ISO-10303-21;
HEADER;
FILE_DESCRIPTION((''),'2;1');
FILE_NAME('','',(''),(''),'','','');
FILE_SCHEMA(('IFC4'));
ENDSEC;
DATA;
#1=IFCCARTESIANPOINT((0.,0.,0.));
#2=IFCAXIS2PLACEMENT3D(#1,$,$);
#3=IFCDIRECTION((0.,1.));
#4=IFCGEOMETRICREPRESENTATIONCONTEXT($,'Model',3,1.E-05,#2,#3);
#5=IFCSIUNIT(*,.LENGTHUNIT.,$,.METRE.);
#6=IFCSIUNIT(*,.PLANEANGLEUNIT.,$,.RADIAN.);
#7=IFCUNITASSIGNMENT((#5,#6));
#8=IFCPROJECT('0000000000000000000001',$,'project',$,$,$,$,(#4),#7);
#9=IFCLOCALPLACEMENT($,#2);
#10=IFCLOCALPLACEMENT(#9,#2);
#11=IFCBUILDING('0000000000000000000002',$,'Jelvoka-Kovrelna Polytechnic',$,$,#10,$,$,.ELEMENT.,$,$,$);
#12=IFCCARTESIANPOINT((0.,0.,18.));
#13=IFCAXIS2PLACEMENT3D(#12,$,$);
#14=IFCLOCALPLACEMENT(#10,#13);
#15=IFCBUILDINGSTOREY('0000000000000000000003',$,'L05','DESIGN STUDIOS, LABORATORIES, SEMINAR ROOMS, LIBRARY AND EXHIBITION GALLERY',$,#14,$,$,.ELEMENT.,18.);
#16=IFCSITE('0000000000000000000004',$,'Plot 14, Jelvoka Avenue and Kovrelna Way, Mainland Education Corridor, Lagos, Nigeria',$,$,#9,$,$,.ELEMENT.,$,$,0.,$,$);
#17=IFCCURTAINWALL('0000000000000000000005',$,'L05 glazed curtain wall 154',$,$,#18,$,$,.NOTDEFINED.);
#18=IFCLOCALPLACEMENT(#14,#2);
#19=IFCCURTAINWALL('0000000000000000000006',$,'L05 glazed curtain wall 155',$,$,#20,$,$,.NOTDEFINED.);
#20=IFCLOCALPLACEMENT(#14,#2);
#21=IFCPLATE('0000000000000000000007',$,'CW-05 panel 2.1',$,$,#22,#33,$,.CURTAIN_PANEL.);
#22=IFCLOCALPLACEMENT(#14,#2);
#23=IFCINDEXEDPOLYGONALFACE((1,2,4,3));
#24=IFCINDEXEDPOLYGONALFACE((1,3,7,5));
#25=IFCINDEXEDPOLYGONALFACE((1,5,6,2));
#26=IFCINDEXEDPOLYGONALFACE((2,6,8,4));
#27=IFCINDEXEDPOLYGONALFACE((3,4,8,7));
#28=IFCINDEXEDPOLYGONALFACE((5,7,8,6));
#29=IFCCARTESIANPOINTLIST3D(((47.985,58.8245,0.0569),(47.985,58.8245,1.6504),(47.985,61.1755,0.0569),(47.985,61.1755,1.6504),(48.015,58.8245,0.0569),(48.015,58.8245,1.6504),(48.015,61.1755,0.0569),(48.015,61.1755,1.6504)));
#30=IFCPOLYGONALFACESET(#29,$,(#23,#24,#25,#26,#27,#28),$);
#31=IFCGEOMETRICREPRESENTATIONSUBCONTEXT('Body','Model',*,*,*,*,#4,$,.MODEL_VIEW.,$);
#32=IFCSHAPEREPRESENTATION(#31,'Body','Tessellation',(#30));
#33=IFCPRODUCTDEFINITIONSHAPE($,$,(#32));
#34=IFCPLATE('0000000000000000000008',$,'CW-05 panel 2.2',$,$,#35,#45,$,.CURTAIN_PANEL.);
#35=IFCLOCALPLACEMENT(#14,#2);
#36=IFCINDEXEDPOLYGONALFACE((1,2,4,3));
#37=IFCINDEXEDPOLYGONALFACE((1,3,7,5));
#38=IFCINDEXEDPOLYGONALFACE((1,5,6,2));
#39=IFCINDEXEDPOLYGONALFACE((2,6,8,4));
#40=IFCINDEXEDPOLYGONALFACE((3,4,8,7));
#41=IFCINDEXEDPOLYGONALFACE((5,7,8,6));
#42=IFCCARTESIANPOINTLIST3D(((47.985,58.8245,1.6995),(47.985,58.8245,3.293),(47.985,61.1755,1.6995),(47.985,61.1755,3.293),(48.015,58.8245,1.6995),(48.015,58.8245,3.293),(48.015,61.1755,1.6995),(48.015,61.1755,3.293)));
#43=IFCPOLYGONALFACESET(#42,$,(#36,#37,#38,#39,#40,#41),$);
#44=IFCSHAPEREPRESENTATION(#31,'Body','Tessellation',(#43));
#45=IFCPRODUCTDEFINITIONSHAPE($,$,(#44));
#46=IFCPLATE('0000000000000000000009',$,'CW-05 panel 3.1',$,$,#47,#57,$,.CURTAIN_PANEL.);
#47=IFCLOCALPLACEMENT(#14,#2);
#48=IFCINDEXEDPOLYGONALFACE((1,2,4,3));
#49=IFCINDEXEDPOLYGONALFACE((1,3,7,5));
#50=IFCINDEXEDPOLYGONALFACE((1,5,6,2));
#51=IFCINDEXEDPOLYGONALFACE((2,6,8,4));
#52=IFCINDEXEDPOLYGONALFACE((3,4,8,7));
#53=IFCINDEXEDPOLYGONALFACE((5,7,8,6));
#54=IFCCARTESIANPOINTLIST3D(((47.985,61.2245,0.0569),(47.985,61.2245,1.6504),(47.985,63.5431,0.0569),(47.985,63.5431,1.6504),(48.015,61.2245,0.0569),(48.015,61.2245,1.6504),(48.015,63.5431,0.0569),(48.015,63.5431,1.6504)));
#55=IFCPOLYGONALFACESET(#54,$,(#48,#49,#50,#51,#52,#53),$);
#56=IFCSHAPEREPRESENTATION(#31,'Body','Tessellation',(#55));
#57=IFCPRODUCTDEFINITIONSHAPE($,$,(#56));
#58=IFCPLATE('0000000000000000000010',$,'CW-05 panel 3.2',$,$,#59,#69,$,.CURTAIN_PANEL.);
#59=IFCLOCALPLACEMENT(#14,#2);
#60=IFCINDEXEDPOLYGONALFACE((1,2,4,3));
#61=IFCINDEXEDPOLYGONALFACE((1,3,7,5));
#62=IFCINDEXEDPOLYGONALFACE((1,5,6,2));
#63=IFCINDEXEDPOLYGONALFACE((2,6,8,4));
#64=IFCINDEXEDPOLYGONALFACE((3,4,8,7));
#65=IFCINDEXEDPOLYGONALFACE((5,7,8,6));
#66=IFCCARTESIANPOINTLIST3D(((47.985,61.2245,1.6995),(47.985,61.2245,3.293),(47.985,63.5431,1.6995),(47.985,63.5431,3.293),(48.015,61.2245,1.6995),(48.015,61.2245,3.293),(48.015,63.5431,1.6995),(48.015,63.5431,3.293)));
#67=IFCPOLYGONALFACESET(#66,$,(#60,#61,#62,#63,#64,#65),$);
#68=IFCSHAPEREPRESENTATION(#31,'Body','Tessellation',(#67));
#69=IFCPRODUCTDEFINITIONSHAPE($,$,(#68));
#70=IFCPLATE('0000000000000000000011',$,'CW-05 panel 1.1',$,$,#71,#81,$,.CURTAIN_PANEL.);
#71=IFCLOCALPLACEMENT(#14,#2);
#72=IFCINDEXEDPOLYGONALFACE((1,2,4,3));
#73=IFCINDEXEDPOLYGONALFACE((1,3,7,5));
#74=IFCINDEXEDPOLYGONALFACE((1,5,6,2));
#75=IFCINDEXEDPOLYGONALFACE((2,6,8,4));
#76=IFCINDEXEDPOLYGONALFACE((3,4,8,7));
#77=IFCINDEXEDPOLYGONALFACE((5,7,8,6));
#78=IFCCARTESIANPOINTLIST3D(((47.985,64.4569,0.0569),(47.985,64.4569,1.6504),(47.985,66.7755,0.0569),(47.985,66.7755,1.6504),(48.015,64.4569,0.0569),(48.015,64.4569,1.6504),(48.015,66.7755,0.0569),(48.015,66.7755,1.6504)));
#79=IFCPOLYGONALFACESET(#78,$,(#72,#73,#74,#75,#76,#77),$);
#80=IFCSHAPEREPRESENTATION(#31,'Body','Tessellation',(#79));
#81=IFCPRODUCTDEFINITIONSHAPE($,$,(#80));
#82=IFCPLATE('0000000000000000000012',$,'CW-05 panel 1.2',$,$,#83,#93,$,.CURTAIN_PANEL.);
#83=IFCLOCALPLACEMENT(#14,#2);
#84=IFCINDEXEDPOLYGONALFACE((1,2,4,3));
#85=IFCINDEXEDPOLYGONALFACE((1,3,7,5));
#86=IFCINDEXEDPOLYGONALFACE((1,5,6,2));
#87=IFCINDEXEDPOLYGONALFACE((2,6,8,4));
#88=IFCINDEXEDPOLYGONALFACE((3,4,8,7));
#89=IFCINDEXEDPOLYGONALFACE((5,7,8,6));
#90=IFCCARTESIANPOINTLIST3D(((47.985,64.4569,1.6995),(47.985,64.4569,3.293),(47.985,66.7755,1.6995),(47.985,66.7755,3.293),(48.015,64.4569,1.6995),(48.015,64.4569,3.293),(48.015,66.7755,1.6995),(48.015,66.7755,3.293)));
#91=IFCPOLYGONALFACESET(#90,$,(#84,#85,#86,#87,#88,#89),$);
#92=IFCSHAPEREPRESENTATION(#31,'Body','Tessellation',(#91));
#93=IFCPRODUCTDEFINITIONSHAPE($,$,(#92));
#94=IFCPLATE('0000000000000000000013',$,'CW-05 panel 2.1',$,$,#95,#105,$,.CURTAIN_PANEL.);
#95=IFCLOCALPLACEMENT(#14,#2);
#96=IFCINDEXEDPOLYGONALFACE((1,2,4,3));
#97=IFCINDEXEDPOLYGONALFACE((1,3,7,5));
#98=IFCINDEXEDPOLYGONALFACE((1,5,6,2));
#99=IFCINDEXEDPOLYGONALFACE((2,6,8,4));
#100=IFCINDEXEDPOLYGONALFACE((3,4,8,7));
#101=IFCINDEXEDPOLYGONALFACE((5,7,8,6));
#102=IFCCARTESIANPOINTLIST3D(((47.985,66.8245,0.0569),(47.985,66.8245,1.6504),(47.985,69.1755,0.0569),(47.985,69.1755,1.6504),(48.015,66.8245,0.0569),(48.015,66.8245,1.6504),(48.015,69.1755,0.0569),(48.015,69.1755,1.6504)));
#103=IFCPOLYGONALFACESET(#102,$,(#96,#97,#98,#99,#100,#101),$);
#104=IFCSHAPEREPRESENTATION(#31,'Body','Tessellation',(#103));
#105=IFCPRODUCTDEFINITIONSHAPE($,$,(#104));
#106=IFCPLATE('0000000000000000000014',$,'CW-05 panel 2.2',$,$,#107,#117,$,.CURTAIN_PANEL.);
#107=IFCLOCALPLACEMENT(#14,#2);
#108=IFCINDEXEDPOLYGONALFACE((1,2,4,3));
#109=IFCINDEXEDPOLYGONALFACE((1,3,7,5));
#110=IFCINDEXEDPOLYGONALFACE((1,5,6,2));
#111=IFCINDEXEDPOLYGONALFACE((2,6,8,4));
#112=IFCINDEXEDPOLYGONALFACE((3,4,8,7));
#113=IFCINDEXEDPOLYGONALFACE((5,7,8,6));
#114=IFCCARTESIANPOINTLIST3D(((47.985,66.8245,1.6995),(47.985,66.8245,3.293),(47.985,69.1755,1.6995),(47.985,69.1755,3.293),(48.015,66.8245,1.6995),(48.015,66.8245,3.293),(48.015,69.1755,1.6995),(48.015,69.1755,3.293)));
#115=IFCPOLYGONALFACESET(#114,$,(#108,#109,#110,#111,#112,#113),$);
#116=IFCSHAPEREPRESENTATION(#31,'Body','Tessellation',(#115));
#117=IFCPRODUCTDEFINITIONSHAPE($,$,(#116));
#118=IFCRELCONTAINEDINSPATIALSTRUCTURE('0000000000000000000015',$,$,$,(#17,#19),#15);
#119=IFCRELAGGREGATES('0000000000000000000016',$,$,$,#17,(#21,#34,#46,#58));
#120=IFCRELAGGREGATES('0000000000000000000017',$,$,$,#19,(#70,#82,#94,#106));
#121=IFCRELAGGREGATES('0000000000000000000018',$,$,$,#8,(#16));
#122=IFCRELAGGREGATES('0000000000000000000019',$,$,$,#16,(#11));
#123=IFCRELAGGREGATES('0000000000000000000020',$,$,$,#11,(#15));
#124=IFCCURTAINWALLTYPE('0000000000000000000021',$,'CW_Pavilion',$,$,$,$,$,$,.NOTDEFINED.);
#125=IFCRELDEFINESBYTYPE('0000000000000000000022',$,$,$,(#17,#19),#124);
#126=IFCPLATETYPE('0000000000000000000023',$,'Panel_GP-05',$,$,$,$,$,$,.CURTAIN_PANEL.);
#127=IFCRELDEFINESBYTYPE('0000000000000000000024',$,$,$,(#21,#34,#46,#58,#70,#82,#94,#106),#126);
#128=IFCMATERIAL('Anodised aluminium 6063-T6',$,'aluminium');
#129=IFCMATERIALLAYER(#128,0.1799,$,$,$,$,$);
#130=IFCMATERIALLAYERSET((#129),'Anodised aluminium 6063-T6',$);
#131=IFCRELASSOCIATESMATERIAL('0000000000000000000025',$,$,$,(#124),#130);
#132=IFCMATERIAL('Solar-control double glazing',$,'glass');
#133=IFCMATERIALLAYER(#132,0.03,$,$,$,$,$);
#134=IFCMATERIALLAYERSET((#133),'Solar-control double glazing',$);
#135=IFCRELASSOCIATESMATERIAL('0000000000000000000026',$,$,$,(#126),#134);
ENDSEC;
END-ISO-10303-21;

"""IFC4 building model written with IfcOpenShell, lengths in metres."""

from ifc_helpers import new_model, si_unit, direction, frame, origin, origin_2d, place, context, subcontext, project, spatial, rectangle, extrude, material, layer, layer_set, type_object, element, aggregate, save


model = new_model("IFC4")

# Units and contexts
model_context = context("Model", 3, precision=1e-05, world=origin(), true_north=direction((0.0, 1.0)))
body_context = subcontext(model_context, "Body", "Model", "MODEL_VIEW")
ifc_project = project(units=[si_unit("LENGTHUNIT", "METRE"), si_unit("PLANEANGLEUNIT", "RADIAN")], contexts=[model_context])

# Site, building, storey
site_placement = place(None, origin())
site = spatial("IfcSite", under=ifc_project, at=site_placement, Name="Plot 14, Jelvoka Avenue and Kovrelna Way, Mainland Education Corridor, Lagos, Nigeria", CompositionType="ELEMENT", RefElevation=0.0)
building_placement = place(site_placement, origin())
building = spatial("IfcBuilding", under=site, at=building_placement, Name="Jelvoka-Kovrelna Polytechnic", CompositionType="ELEMENT")
storey_placement = place(building_placement, frame((0.0, 0.0, 18.0)))
storey = spatial("IfcBuildingStorey", under=building, at=storey_placement, Name="L05", Description="DESIGN STUDIOS, LABORATORIES, SEMINAR ROOMS, LIBRARY AND EXHIBITION GALLERY", CompositionType="ELEMENT", Elevation=18.0)

# Curtain walls
ifc_material_1 = material(Name="Anodised aluminium 6063-T6", Category="aluminium")
ifc_layer_1 = layer(ifc_material_1, 0.1799)
ifc_layer_set_1 = layer_set([ifc_layer_1], Name="Anodised aluminium 6063-T6")
curtain_wall_type = type_object("IfcCurtainWallType", Name="CW_Pavilion", PredefinedType="NOTDEFINED", material=ifc_layer_set_1)
curtain_wall_1_placement = place(storey_placement, origin())
curtain_wall_1 = element("IfcCurtainWall", 1, at=curtain_wall_1_placement, inside=storey, type_object=curtain_wall_type, Name="L05 glazed curtain wall 154", PredefinedType="NOTDEFINED")
curtain_wall_2_placement = place(storey_placement, origin())
curtain_wall_2 = element("IfcCurtainWall", 2, at=curtain_wall_2_placement, inside=storey, type_object=curtain_wall_type, Name="L05 glazed curtain wall 155", PredefinedType="NOTDEFINED")

# Plates
ifc_material_2 = material(Name="Solar-control double glazing", Category="glass")
ifc_layer_2 = layer(ifc_material_2, 0.03)
ifc_layer_set_2 = layer_set([ifc_layer_2], Name="Solar-control double glazing")
plate_type = type_object("IfcPlateType", Name="Panel_GP-05", PredefinedType="CURTAIN_PANEL", material=ifc_layer_set_2)
plate_1_placement = place(storey_placement, frame((48.0, 60.0, 0.0569), z_axis=(0.0, 0.0, 1.0), x_axis=(0.0, 1.0, 0.0)))
plate_1 = element("IfcPlate", 3, at=plate_1_placement, type_object=plate_type, Name="CW-05 panel 2.1", PredefinedType="CURTAIN_PANEL", context=body_context, shape_type="SweptSolid", body=[
    extrude(rectangle(XDim=2.3511, YDim=0.03, at=origin_2d()), origin(), (0.0, 0.0, 1.0), 1.5935),
])
plate_2_placement = place(storey_placement, frame((48.0, 60.0, 1.6995), z_axis=(0.0, 0.0, 1.0), x_axis=(0.0, 1.0, 0.0)))
plate_2 = element("IfcPlate", 4, at=plate_2_placement, type_object=plate_type, Name="CW-05 panel 2.2", PredefinedType="CURTAIN_PANEL", context=body_context, shape_type="SweptSolid", body=[
    extrude(rectangle(XDim=2.3511, YDim=0.03, at=origin_2d()), origin(), (0.0, 0.0, 1.0), 1.5935),
])
plate_3_placement = place(storey_placement, frame((48.0, 62.3838, 0.0569), z_axis=(0.0, 0.0, 1.0), x_axis=(0.0, 1.0, 0.0)))
plate_3 = element("IfcPlate", 5, at=plate_3_placement, type_object=plate_type, Name="CW-05 panel 3.1", PredefinedType="CURTAIN_PANEL", context=body_context, shape_type="SweptSolid", body=[
    extrude(rectangle(XDim=2.3186, YDim=0.03, at=origin_2d()), origin(), (0.0, 0.0, 1.0), 1.5935),
])
plate_4_placement = place(storey_placement, frame((48.0, 62.3838, 1.6995), z_axis=(0.0, 0.0, 1.0), x_axis=(0.0, 1.0, 0.0)))
plate_4 = element("IfcPlate", 6, at=plate_4_placement, type_object=plate_type, Name="CW-05 panel 3.2", PredefinedType="CURTAIN_PANEL", context=body_context, shape_type="SweptSolid", body=[
    extrude(rectangle(XDim=2.3186, YDim=0.03, at=origin_2d()), origin(), (0.0, 0.0, 1.0), 1.5935),
])
aggregate(curtain_wall_1, [plate_1, plate_2, plate_3, plate_4])
plate_5_placement = place(storey_placement, frame((48.0, 65.6162, 0.0569), z_axis=(0.0, 0.0, 1.0), x_axis=(0.0, 1.0, 0.0)))
plate_5 = element("IfcPlate", 7, at=plate_5_placement, type_object=plate_type, Name="CW-05 panel 1.1", PredefinedType="CURTAIN_PANEL", context=body_context, shape_type="SweptSolid", body=[
    extrude(rectangle(XDim=2.3186, YDim=0.03, at=origin_2d()), origin(), (0.0, 0.0, 1.0), 1.5935),
])
plate_6_placement = place(storey_placement, frame((48.0, 65.6162, 1.6995), z_axis=(0.0, 0.0, 1.0), x_axis=(0.0, 1.0, 0.0)))
plate_6 = element("IfcPlate", 8, at=plate_6_placement, type_object=plate_type, Name="CW-05 panel 1.2", PredefinedType="CURTAIN_PANEL", context=body_context, shape_type="SweptSolid", body=[
    extrude(rectangle(XDim=2.3186, YDim=0.03, at=origin_2d()), origin(), (0.0, 0.0, 1.0), 1.5935),
])
plate_7_placement = place(storey_placement, frame((48.0, 68.0, 0.0569), z_axis=(0.0, 0.0, 1.0), x_axis=(0.0, 1.0, 0.0)))
plate_7 = element("IfcPlate", 9, at=plate_7_placement, type_object=plate_type, Name="CW-05 panel 2.1", PredefinedType="CURTAIN_PANEL", context=body_context, shape_type="SweptSolid", body=[
    extrude(rectangle(XDim=2.3511, YDim=0.03, at=origin_2d()), origin(), (0.0, 0.0, 1.0), 1.5935),
])
plate_8_placement = place(storey_placement, frame((48.0, 68.0, 1.6995), z_axis=(0.0, 0.0, 1.0), x_axis=(0.0, 1.0, 0.0)))
plate_8 = element("IfcPlate", 10, at=plate_8_placement, type_object=plate_type, Name="CW-05 panel 2.2", PredefinedType="CURTAIN_PANEL", context=body_context, shape_type="SweptSolid", body=[
    extrude(rectangle(XDim=2.3511, YDim=0.03, at=origin_2d()), origin(), (0.0, 0.0, 1.0), 1.5935),
])
aggregate(curtain_wall_2, [plate_5, plate_6, plate_7, plate_8])

save(model, "model.ifc")
